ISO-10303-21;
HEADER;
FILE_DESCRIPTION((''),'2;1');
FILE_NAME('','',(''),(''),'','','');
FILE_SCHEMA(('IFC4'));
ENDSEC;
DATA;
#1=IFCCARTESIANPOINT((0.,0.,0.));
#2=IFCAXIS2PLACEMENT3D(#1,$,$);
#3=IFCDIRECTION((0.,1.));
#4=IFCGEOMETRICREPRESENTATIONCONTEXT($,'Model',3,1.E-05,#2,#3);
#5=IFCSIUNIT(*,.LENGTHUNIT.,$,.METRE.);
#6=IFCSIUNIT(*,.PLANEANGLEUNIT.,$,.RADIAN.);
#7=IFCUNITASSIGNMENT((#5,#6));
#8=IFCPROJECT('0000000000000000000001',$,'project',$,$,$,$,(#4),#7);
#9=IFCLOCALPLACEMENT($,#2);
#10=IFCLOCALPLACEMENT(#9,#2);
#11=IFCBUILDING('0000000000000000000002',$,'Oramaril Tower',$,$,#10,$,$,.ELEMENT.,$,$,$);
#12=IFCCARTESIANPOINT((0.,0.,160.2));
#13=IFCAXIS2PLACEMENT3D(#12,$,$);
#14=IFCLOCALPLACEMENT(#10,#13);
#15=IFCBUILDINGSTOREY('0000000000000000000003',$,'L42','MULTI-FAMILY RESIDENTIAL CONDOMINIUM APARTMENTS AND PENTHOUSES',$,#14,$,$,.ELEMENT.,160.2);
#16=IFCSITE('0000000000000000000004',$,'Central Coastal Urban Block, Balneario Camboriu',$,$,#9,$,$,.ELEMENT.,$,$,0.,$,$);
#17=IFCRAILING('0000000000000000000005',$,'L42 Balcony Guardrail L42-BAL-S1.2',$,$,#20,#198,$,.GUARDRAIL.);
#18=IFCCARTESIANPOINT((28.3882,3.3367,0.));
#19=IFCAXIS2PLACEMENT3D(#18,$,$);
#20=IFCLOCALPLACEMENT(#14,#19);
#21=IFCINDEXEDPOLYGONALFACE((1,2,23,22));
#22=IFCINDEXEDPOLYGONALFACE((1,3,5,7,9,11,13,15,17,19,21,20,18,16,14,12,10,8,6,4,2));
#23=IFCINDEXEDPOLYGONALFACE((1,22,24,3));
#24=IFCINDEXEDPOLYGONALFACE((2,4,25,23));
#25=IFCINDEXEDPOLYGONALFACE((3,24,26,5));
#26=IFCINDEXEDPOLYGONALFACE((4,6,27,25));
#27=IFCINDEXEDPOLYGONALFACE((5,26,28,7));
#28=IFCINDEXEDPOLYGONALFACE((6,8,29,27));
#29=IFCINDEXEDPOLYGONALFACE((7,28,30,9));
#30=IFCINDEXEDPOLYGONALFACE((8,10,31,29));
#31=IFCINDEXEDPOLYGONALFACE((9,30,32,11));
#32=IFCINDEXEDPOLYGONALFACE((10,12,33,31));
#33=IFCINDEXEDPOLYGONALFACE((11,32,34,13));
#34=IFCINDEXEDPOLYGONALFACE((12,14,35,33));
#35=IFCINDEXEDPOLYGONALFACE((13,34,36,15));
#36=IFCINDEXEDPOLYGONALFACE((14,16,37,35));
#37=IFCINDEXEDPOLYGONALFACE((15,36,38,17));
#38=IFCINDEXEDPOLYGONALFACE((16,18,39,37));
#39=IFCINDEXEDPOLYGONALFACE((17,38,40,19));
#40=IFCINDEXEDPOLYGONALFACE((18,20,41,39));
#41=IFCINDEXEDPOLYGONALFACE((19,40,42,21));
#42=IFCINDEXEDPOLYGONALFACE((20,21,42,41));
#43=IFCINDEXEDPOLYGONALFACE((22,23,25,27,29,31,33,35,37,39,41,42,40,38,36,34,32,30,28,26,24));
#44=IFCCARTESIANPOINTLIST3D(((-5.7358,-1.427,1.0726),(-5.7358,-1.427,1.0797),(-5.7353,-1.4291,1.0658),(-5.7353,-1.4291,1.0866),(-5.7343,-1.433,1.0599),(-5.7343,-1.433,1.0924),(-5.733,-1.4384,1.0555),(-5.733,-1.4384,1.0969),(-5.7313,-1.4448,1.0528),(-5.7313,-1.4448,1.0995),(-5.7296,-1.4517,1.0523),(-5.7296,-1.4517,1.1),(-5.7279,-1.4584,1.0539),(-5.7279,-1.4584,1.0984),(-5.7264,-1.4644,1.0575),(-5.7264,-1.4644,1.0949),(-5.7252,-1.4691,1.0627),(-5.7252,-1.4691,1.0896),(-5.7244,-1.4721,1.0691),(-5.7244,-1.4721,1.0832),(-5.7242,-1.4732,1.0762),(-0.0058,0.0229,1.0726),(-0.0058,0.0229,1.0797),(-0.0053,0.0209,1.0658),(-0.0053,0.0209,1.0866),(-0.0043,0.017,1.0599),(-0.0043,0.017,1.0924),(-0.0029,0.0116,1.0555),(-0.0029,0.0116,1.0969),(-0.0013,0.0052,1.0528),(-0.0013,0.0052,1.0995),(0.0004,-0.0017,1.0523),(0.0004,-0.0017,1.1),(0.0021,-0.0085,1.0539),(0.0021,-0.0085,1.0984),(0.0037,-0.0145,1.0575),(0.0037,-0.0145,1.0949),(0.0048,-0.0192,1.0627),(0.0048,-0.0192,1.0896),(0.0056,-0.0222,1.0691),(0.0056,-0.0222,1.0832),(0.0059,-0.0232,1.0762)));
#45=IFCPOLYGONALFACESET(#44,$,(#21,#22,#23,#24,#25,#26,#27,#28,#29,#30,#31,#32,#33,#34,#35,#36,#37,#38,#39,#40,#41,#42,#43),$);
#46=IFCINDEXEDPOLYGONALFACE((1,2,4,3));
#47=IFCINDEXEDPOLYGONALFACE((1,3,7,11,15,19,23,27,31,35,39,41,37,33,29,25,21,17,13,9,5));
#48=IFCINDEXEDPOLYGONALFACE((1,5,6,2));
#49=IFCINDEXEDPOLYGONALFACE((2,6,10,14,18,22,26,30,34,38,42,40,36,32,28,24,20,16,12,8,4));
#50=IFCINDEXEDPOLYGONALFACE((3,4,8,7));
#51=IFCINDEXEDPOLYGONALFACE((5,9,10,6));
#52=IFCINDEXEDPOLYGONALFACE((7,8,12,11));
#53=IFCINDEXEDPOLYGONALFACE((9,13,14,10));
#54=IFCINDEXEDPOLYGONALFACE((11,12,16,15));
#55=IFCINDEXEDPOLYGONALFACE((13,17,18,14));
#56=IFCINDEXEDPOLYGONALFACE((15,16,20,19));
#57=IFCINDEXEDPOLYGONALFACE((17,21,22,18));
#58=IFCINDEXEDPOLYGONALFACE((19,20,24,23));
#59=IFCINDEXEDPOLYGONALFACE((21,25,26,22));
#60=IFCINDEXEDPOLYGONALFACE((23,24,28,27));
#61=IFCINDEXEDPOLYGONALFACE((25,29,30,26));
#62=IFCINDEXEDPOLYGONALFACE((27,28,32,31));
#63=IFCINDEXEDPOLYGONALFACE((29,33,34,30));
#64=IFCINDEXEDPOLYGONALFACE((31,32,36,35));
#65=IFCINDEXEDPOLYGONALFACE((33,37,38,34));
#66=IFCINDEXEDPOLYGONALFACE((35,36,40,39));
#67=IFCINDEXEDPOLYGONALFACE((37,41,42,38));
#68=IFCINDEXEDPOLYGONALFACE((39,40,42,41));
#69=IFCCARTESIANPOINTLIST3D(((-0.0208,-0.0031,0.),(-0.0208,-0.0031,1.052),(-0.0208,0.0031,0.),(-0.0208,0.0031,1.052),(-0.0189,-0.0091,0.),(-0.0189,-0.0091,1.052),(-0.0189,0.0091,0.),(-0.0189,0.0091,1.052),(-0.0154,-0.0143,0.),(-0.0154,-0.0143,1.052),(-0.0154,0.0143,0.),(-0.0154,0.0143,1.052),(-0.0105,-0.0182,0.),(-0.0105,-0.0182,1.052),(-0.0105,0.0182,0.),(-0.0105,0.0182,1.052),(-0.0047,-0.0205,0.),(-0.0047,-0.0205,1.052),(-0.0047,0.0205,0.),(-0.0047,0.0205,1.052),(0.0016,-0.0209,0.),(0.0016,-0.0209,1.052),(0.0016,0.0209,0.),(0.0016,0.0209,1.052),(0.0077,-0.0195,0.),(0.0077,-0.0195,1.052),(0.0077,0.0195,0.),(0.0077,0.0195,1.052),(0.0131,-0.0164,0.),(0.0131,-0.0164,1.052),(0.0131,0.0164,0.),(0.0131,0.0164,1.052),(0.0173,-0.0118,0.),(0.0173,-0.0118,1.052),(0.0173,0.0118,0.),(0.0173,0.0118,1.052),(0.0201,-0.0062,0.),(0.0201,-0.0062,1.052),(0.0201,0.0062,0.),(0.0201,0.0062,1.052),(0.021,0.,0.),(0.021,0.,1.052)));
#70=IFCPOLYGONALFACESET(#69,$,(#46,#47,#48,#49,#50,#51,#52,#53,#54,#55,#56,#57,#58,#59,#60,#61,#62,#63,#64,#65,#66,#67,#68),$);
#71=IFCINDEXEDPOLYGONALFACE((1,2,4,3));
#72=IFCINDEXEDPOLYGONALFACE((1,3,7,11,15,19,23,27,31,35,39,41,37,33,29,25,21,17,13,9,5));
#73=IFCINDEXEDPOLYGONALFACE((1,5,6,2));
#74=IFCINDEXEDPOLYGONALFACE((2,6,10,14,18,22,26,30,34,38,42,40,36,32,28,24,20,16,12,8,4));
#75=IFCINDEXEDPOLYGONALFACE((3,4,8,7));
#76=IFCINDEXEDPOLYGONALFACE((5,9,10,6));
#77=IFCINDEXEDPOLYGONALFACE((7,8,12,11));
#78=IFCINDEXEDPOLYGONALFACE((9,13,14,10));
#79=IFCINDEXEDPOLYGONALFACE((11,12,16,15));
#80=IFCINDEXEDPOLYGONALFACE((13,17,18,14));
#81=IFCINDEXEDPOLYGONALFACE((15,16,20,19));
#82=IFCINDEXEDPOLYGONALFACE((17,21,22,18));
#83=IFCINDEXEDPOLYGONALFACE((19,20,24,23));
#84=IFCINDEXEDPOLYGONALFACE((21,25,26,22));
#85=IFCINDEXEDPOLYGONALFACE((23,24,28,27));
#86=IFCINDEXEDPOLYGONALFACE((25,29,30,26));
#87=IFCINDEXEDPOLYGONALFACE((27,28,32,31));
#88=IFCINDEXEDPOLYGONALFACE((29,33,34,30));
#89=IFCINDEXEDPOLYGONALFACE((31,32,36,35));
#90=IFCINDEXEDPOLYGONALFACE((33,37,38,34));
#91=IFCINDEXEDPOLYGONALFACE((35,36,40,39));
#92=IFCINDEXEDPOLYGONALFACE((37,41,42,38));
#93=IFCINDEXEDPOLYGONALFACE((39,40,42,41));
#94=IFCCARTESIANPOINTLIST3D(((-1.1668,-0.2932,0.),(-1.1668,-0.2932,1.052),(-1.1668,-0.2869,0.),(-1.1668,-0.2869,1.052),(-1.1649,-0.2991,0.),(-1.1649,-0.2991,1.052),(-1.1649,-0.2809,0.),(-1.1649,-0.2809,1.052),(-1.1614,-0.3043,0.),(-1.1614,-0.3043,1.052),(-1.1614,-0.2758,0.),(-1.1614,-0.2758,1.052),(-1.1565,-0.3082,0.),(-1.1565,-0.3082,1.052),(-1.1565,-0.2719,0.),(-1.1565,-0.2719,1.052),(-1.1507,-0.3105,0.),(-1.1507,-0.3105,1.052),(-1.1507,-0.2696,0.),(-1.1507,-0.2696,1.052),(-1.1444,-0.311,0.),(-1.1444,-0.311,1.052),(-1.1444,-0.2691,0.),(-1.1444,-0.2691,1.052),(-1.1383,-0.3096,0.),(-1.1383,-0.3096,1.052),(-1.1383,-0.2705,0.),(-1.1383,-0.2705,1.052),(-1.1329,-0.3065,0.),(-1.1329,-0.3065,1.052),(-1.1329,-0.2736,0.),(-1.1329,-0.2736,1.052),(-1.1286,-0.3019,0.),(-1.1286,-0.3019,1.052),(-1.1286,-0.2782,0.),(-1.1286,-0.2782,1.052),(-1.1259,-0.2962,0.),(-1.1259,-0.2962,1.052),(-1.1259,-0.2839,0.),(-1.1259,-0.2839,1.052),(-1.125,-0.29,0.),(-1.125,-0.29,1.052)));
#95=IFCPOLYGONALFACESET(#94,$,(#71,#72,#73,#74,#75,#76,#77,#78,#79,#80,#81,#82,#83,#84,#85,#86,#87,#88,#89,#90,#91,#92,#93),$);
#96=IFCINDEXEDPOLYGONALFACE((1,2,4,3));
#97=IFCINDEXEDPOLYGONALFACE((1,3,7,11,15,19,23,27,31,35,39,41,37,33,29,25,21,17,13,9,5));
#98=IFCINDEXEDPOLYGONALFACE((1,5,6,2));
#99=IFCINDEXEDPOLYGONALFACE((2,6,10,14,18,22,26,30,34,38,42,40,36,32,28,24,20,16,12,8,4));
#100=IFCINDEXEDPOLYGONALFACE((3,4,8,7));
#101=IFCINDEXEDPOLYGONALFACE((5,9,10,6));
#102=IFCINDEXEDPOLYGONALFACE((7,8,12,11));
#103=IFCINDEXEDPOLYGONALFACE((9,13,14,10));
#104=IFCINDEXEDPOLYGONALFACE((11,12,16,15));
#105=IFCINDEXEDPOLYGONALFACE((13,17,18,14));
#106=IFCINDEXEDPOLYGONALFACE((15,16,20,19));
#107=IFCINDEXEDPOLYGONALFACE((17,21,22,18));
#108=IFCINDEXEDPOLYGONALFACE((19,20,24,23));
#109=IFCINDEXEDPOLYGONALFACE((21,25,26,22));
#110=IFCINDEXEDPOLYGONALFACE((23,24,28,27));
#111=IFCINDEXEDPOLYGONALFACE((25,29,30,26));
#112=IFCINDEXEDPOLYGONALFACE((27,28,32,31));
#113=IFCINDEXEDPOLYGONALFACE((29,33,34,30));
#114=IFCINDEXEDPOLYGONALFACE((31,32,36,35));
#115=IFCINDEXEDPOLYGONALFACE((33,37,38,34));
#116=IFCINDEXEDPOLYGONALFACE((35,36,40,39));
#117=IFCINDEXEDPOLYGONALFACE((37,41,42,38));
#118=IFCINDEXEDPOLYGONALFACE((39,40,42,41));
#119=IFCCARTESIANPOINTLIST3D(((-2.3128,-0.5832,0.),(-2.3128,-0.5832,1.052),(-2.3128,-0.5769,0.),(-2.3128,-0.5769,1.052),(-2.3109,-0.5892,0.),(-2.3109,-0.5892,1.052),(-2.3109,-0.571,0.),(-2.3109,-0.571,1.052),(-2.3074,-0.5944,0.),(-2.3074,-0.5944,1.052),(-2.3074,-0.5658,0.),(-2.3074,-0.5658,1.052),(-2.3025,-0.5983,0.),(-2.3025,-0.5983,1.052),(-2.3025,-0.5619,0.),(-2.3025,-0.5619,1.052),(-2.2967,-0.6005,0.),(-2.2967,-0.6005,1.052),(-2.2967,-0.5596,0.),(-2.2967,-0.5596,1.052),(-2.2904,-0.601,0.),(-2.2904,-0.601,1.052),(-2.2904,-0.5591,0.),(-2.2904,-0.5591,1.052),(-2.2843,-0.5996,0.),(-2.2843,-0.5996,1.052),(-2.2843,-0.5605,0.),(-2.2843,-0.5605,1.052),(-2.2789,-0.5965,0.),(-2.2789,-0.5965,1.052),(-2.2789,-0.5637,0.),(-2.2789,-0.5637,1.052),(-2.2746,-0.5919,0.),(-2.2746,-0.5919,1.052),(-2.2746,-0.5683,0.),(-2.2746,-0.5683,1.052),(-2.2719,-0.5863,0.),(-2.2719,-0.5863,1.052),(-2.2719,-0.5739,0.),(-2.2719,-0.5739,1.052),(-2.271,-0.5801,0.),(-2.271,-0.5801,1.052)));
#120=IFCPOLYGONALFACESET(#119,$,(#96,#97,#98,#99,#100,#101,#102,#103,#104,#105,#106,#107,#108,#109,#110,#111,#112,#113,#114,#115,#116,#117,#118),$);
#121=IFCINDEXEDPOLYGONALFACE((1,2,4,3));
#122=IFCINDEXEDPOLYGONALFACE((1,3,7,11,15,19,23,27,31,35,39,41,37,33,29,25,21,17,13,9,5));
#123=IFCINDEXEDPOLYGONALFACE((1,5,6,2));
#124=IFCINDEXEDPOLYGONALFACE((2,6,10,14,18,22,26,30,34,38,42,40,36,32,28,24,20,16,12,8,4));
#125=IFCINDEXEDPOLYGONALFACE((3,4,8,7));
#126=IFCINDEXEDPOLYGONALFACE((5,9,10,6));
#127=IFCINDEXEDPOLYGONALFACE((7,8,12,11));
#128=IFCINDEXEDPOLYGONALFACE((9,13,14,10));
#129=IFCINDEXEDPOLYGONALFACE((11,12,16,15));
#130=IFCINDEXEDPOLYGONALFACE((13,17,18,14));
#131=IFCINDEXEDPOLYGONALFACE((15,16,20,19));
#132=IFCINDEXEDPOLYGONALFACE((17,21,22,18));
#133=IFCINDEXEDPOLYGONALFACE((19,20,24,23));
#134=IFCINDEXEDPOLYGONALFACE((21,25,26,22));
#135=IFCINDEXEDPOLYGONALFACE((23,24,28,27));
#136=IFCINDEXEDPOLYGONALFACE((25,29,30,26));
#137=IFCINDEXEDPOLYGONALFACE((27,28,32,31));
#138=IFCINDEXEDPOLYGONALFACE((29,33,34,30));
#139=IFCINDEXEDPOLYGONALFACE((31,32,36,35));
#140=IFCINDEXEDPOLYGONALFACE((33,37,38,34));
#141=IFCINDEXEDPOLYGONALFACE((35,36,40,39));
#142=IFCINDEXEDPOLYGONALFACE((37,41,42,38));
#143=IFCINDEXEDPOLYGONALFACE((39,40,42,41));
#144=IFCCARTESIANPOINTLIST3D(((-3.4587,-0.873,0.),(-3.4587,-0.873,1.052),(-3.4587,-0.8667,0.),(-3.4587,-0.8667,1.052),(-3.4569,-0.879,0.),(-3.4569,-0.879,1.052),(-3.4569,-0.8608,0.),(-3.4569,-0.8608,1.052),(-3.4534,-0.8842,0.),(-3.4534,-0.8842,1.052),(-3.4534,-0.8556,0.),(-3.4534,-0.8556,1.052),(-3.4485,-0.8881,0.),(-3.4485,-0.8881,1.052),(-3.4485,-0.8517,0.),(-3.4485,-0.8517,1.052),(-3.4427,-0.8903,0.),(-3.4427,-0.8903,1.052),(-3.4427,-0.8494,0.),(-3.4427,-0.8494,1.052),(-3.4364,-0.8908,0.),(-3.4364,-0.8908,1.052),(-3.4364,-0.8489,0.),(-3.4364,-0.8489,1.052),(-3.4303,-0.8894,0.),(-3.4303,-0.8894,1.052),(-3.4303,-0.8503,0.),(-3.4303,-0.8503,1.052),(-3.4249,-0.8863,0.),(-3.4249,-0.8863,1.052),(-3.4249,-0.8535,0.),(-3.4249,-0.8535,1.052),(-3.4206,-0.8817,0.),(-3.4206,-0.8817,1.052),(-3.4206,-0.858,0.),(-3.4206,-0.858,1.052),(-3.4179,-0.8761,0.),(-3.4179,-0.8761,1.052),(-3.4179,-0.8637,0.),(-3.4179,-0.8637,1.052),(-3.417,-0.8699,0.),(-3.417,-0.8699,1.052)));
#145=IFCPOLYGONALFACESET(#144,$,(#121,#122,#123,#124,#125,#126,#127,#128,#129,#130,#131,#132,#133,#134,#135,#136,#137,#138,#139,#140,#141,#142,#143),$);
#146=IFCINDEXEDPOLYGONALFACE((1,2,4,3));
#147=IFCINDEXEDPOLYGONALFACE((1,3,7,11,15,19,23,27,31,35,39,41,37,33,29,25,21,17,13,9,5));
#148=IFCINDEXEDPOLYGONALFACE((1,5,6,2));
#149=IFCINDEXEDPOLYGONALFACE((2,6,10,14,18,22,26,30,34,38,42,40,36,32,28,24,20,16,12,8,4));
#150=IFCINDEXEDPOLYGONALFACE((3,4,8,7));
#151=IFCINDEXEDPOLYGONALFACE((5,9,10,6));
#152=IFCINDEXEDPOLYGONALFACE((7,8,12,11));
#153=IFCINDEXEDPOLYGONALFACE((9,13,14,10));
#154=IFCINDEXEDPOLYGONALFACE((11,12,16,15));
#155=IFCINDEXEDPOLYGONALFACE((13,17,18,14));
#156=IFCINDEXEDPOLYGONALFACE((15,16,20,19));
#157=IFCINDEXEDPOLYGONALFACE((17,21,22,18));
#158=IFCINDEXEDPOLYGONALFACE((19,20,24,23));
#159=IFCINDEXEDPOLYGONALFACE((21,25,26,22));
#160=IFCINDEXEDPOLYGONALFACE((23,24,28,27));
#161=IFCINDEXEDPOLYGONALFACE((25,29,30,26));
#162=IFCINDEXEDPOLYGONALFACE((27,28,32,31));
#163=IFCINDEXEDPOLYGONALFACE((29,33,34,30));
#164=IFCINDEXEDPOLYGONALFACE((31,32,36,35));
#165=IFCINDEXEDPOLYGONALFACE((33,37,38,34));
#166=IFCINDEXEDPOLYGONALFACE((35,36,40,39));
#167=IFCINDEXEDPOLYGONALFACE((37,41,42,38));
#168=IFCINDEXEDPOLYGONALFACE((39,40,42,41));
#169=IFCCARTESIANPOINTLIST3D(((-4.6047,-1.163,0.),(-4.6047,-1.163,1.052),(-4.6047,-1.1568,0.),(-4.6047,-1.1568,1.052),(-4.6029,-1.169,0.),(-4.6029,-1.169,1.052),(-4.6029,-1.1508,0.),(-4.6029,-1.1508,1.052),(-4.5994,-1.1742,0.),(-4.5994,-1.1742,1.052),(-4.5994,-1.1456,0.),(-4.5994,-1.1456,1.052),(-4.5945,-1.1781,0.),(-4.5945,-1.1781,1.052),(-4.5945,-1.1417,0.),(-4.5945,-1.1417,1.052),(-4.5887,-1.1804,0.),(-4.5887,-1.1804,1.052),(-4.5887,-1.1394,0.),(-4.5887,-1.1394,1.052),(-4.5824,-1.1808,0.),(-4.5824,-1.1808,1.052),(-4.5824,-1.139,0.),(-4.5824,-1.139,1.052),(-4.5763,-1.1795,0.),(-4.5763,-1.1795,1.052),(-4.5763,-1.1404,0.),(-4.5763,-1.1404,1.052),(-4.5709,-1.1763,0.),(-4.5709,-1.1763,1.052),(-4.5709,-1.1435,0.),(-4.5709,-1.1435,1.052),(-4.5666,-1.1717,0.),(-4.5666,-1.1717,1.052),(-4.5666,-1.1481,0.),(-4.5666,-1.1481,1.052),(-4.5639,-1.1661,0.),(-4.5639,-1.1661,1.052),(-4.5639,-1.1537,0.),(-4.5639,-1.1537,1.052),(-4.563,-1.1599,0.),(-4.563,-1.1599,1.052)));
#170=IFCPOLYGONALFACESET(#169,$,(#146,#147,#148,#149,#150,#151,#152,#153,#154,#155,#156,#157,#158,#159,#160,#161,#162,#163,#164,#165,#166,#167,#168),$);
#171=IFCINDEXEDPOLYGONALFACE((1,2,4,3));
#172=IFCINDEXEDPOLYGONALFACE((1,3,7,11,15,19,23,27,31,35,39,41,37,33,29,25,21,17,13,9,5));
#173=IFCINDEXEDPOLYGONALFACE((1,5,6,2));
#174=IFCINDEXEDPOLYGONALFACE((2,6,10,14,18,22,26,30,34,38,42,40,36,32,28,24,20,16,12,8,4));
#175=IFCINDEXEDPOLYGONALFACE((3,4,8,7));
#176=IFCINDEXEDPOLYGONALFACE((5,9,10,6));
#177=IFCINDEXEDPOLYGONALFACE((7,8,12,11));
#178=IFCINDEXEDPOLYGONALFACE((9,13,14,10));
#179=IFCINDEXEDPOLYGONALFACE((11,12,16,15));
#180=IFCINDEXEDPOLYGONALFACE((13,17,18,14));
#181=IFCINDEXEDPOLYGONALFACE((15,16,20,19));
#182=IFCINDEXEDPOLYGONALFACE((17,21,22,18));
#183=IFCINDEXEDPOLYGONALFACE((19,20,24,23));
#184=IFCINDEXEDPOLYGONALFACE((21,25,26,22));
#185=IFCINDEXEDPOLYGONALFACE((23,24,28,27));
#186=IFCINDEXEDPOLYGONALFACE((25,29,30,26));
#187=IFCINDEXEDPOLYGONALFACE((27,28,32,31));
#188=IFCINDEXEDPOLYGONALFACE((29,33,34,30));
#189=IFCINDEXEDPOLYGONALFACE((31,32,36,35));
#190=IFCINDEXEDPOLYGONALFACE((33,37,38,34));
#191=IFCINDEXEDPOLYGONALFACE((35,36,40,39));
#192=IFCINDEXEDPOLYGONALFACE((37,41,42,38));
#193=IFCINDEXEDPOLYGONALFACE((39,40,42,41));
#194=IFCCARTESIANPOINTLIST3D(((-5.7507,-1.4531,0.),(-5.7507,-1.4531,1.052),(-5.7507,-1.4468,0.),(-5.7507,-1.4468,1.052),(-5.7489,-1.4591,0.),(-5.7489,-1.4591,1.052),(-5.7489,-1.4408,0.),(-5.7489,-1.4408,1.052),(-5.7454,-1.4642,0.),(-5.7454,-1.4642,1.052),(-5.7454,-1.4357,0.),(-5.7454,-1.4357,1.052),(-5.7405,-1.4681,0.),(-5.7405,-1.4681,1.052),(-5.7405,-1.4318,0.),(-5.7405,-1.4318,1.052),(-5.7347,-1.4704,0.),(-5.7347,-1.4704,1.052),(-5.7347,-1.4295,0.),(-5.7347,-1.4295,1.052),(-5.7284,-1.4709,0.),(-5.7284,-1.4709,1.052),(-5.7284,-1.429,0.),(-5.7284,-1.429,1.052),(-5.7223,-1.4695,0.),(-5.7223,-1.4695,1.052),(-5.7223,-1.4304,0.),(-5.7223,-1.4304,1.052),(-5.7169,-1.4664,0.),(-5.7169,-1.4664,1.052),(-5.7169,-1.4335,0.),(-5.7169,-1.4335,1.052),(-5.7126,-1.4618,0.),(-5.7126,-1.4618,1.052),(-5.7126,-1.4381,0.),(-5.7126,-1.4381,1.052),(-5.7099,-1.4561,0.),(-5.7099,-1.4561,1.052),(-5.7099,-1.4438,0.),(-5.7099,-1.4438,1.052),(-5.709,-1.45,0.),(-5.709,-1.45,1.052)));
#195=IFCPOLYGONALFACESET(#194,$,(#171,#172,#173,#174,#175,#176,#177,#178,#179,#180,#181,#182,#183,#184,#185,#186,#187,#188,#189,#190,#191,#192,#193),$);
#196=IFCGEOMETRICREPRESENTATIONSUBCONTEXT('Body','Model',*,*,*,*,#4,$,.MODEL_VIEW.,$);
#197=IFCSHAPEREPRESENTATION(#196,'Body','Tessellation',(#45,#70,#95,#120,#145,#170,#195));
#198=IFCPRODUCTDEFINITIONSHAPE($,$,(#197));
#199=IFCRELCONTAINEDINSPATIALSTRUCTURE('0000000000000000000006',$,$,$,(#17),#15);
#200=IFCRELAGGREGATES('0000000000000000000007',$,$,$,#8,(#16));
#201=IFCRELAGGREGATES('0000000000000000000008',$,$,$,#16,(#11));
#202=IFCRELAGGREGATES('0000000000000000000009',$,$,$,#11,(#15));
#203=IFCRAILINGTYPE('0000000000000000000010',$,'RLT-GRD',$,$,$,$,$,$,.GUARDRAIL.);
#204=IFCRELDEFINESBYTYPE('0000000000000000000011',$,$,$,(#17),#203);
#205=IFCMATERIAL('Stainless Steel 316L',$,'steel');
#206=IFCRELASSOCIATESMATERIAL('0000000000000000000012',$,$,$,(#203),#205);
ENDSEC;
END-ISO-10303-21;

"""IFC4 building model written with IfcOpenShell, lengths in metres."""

from ifc_helpers import new_model, si_unit, direction, frame, origin, origin_2d, place, context, subcontext, project, spatial, circle, extrude, material, type_object, element, save


model = new_model("IFC4")

# Units and contexts
model_context = context("Model", 3, precision=1e-05, world=origin(), true_north=direction((0.0, 1.0)))
body_context = subcontext(model_context, "Body", "Model", "MODEL_VIEW")
ifc_project = project(units=[si_unit("LENGTHUNIT", "METRE"), si_unit("PLANEANGLEUNIT", "RADIAN")], contexts=[model_context])

# Site, building, storey
site_placement = place(None, origin())
site = spatial("IfcSite", under=ifc_project, at=site_placement, Name="Central Coastal Urban Block, Balneario Camboriu", CompositionType="ELEMENT", RefElevation=0.0)
building_placement = place(site_placement, origin())
building = spatial("IfcBuilding", under=site, at=building_placement, Name="Oramaril Tower", CompositionType="ELEMENT")
storey_placement = place(building_placement, frame((0.0, 0.0, 160.2)))
storey = spatial("IfcBuildingStorey", under=building, at=storey_placement, Name="L42", Description="MULTI-FAMILY RESIDENTIAL CONDOMINIUM APARTMENTS AND PENTHOUSES", CompositionType="ELEMENT", Elevation=160.2)

# Railing
ifc_material_1 = material(Name="Stainless Steel 316L", Category="steel")
railing_type = type_object("IfcRailingType", Name="RLT-GRD", PredefinedType="GUARDRAIL", material=ifc_material_1)
railing_1_placement = place(storey_placement, frame((28.3882, 3.3367, 0.0)))
element("IfcRailing", 1, at=railing_1_placement, inside=storey, type_object=railing_type, Name="L42 Balcony Guardrail L42-BAL-S1.2", PredefinedType="GUARDRAIL", context=body_context, shape_type="SweptSolid", body=[
    extrude(circle(Radius=0.0239, at=origin_2d()), frame((0.0, 0.0, 1.0762), z_axis=(-0.969444, -0.245314, 0.0), x_axis=(0.245314, -0.969444, 0.0)), (0.0, 0.0, 1.0), 5.9106),
    extrude(circle(Radius=0.021, at=origin_2d()), origin(), (0.0, 0.0, 1.0), 1.052),
    extrude(circle(Radius=0.021, at=origin_2d()), frame((-1.146, -0.29, 0.0)), (0.0, 0.0, 1.0), 1.052),
    extrude(circle(Radius=0.021, at=origin_2d()), frame((-2.292, -0.5801, 0.0)), (0.0, 0.0, 1.0), 1.052),
    extrude(circle(Radius=0.021, at=origin_2d()), frame((-3.438, -0.8699, 0.0)), (0.0, 0.0, 1.0), 1.052),
    extrude(circle(Radius=0.021, at=origin_2d()), frame((-4.584, -1.1599, 0.0)), (0.0, 0.0, 1.0), 1.052),
    extrude(circle(Radius=0.021, at=origin_2d()), frame((-5.73, -1.45, 0.0)), (0.0, 0.0, 1.0), 1.052),
])

save(model, "model.ifc")
